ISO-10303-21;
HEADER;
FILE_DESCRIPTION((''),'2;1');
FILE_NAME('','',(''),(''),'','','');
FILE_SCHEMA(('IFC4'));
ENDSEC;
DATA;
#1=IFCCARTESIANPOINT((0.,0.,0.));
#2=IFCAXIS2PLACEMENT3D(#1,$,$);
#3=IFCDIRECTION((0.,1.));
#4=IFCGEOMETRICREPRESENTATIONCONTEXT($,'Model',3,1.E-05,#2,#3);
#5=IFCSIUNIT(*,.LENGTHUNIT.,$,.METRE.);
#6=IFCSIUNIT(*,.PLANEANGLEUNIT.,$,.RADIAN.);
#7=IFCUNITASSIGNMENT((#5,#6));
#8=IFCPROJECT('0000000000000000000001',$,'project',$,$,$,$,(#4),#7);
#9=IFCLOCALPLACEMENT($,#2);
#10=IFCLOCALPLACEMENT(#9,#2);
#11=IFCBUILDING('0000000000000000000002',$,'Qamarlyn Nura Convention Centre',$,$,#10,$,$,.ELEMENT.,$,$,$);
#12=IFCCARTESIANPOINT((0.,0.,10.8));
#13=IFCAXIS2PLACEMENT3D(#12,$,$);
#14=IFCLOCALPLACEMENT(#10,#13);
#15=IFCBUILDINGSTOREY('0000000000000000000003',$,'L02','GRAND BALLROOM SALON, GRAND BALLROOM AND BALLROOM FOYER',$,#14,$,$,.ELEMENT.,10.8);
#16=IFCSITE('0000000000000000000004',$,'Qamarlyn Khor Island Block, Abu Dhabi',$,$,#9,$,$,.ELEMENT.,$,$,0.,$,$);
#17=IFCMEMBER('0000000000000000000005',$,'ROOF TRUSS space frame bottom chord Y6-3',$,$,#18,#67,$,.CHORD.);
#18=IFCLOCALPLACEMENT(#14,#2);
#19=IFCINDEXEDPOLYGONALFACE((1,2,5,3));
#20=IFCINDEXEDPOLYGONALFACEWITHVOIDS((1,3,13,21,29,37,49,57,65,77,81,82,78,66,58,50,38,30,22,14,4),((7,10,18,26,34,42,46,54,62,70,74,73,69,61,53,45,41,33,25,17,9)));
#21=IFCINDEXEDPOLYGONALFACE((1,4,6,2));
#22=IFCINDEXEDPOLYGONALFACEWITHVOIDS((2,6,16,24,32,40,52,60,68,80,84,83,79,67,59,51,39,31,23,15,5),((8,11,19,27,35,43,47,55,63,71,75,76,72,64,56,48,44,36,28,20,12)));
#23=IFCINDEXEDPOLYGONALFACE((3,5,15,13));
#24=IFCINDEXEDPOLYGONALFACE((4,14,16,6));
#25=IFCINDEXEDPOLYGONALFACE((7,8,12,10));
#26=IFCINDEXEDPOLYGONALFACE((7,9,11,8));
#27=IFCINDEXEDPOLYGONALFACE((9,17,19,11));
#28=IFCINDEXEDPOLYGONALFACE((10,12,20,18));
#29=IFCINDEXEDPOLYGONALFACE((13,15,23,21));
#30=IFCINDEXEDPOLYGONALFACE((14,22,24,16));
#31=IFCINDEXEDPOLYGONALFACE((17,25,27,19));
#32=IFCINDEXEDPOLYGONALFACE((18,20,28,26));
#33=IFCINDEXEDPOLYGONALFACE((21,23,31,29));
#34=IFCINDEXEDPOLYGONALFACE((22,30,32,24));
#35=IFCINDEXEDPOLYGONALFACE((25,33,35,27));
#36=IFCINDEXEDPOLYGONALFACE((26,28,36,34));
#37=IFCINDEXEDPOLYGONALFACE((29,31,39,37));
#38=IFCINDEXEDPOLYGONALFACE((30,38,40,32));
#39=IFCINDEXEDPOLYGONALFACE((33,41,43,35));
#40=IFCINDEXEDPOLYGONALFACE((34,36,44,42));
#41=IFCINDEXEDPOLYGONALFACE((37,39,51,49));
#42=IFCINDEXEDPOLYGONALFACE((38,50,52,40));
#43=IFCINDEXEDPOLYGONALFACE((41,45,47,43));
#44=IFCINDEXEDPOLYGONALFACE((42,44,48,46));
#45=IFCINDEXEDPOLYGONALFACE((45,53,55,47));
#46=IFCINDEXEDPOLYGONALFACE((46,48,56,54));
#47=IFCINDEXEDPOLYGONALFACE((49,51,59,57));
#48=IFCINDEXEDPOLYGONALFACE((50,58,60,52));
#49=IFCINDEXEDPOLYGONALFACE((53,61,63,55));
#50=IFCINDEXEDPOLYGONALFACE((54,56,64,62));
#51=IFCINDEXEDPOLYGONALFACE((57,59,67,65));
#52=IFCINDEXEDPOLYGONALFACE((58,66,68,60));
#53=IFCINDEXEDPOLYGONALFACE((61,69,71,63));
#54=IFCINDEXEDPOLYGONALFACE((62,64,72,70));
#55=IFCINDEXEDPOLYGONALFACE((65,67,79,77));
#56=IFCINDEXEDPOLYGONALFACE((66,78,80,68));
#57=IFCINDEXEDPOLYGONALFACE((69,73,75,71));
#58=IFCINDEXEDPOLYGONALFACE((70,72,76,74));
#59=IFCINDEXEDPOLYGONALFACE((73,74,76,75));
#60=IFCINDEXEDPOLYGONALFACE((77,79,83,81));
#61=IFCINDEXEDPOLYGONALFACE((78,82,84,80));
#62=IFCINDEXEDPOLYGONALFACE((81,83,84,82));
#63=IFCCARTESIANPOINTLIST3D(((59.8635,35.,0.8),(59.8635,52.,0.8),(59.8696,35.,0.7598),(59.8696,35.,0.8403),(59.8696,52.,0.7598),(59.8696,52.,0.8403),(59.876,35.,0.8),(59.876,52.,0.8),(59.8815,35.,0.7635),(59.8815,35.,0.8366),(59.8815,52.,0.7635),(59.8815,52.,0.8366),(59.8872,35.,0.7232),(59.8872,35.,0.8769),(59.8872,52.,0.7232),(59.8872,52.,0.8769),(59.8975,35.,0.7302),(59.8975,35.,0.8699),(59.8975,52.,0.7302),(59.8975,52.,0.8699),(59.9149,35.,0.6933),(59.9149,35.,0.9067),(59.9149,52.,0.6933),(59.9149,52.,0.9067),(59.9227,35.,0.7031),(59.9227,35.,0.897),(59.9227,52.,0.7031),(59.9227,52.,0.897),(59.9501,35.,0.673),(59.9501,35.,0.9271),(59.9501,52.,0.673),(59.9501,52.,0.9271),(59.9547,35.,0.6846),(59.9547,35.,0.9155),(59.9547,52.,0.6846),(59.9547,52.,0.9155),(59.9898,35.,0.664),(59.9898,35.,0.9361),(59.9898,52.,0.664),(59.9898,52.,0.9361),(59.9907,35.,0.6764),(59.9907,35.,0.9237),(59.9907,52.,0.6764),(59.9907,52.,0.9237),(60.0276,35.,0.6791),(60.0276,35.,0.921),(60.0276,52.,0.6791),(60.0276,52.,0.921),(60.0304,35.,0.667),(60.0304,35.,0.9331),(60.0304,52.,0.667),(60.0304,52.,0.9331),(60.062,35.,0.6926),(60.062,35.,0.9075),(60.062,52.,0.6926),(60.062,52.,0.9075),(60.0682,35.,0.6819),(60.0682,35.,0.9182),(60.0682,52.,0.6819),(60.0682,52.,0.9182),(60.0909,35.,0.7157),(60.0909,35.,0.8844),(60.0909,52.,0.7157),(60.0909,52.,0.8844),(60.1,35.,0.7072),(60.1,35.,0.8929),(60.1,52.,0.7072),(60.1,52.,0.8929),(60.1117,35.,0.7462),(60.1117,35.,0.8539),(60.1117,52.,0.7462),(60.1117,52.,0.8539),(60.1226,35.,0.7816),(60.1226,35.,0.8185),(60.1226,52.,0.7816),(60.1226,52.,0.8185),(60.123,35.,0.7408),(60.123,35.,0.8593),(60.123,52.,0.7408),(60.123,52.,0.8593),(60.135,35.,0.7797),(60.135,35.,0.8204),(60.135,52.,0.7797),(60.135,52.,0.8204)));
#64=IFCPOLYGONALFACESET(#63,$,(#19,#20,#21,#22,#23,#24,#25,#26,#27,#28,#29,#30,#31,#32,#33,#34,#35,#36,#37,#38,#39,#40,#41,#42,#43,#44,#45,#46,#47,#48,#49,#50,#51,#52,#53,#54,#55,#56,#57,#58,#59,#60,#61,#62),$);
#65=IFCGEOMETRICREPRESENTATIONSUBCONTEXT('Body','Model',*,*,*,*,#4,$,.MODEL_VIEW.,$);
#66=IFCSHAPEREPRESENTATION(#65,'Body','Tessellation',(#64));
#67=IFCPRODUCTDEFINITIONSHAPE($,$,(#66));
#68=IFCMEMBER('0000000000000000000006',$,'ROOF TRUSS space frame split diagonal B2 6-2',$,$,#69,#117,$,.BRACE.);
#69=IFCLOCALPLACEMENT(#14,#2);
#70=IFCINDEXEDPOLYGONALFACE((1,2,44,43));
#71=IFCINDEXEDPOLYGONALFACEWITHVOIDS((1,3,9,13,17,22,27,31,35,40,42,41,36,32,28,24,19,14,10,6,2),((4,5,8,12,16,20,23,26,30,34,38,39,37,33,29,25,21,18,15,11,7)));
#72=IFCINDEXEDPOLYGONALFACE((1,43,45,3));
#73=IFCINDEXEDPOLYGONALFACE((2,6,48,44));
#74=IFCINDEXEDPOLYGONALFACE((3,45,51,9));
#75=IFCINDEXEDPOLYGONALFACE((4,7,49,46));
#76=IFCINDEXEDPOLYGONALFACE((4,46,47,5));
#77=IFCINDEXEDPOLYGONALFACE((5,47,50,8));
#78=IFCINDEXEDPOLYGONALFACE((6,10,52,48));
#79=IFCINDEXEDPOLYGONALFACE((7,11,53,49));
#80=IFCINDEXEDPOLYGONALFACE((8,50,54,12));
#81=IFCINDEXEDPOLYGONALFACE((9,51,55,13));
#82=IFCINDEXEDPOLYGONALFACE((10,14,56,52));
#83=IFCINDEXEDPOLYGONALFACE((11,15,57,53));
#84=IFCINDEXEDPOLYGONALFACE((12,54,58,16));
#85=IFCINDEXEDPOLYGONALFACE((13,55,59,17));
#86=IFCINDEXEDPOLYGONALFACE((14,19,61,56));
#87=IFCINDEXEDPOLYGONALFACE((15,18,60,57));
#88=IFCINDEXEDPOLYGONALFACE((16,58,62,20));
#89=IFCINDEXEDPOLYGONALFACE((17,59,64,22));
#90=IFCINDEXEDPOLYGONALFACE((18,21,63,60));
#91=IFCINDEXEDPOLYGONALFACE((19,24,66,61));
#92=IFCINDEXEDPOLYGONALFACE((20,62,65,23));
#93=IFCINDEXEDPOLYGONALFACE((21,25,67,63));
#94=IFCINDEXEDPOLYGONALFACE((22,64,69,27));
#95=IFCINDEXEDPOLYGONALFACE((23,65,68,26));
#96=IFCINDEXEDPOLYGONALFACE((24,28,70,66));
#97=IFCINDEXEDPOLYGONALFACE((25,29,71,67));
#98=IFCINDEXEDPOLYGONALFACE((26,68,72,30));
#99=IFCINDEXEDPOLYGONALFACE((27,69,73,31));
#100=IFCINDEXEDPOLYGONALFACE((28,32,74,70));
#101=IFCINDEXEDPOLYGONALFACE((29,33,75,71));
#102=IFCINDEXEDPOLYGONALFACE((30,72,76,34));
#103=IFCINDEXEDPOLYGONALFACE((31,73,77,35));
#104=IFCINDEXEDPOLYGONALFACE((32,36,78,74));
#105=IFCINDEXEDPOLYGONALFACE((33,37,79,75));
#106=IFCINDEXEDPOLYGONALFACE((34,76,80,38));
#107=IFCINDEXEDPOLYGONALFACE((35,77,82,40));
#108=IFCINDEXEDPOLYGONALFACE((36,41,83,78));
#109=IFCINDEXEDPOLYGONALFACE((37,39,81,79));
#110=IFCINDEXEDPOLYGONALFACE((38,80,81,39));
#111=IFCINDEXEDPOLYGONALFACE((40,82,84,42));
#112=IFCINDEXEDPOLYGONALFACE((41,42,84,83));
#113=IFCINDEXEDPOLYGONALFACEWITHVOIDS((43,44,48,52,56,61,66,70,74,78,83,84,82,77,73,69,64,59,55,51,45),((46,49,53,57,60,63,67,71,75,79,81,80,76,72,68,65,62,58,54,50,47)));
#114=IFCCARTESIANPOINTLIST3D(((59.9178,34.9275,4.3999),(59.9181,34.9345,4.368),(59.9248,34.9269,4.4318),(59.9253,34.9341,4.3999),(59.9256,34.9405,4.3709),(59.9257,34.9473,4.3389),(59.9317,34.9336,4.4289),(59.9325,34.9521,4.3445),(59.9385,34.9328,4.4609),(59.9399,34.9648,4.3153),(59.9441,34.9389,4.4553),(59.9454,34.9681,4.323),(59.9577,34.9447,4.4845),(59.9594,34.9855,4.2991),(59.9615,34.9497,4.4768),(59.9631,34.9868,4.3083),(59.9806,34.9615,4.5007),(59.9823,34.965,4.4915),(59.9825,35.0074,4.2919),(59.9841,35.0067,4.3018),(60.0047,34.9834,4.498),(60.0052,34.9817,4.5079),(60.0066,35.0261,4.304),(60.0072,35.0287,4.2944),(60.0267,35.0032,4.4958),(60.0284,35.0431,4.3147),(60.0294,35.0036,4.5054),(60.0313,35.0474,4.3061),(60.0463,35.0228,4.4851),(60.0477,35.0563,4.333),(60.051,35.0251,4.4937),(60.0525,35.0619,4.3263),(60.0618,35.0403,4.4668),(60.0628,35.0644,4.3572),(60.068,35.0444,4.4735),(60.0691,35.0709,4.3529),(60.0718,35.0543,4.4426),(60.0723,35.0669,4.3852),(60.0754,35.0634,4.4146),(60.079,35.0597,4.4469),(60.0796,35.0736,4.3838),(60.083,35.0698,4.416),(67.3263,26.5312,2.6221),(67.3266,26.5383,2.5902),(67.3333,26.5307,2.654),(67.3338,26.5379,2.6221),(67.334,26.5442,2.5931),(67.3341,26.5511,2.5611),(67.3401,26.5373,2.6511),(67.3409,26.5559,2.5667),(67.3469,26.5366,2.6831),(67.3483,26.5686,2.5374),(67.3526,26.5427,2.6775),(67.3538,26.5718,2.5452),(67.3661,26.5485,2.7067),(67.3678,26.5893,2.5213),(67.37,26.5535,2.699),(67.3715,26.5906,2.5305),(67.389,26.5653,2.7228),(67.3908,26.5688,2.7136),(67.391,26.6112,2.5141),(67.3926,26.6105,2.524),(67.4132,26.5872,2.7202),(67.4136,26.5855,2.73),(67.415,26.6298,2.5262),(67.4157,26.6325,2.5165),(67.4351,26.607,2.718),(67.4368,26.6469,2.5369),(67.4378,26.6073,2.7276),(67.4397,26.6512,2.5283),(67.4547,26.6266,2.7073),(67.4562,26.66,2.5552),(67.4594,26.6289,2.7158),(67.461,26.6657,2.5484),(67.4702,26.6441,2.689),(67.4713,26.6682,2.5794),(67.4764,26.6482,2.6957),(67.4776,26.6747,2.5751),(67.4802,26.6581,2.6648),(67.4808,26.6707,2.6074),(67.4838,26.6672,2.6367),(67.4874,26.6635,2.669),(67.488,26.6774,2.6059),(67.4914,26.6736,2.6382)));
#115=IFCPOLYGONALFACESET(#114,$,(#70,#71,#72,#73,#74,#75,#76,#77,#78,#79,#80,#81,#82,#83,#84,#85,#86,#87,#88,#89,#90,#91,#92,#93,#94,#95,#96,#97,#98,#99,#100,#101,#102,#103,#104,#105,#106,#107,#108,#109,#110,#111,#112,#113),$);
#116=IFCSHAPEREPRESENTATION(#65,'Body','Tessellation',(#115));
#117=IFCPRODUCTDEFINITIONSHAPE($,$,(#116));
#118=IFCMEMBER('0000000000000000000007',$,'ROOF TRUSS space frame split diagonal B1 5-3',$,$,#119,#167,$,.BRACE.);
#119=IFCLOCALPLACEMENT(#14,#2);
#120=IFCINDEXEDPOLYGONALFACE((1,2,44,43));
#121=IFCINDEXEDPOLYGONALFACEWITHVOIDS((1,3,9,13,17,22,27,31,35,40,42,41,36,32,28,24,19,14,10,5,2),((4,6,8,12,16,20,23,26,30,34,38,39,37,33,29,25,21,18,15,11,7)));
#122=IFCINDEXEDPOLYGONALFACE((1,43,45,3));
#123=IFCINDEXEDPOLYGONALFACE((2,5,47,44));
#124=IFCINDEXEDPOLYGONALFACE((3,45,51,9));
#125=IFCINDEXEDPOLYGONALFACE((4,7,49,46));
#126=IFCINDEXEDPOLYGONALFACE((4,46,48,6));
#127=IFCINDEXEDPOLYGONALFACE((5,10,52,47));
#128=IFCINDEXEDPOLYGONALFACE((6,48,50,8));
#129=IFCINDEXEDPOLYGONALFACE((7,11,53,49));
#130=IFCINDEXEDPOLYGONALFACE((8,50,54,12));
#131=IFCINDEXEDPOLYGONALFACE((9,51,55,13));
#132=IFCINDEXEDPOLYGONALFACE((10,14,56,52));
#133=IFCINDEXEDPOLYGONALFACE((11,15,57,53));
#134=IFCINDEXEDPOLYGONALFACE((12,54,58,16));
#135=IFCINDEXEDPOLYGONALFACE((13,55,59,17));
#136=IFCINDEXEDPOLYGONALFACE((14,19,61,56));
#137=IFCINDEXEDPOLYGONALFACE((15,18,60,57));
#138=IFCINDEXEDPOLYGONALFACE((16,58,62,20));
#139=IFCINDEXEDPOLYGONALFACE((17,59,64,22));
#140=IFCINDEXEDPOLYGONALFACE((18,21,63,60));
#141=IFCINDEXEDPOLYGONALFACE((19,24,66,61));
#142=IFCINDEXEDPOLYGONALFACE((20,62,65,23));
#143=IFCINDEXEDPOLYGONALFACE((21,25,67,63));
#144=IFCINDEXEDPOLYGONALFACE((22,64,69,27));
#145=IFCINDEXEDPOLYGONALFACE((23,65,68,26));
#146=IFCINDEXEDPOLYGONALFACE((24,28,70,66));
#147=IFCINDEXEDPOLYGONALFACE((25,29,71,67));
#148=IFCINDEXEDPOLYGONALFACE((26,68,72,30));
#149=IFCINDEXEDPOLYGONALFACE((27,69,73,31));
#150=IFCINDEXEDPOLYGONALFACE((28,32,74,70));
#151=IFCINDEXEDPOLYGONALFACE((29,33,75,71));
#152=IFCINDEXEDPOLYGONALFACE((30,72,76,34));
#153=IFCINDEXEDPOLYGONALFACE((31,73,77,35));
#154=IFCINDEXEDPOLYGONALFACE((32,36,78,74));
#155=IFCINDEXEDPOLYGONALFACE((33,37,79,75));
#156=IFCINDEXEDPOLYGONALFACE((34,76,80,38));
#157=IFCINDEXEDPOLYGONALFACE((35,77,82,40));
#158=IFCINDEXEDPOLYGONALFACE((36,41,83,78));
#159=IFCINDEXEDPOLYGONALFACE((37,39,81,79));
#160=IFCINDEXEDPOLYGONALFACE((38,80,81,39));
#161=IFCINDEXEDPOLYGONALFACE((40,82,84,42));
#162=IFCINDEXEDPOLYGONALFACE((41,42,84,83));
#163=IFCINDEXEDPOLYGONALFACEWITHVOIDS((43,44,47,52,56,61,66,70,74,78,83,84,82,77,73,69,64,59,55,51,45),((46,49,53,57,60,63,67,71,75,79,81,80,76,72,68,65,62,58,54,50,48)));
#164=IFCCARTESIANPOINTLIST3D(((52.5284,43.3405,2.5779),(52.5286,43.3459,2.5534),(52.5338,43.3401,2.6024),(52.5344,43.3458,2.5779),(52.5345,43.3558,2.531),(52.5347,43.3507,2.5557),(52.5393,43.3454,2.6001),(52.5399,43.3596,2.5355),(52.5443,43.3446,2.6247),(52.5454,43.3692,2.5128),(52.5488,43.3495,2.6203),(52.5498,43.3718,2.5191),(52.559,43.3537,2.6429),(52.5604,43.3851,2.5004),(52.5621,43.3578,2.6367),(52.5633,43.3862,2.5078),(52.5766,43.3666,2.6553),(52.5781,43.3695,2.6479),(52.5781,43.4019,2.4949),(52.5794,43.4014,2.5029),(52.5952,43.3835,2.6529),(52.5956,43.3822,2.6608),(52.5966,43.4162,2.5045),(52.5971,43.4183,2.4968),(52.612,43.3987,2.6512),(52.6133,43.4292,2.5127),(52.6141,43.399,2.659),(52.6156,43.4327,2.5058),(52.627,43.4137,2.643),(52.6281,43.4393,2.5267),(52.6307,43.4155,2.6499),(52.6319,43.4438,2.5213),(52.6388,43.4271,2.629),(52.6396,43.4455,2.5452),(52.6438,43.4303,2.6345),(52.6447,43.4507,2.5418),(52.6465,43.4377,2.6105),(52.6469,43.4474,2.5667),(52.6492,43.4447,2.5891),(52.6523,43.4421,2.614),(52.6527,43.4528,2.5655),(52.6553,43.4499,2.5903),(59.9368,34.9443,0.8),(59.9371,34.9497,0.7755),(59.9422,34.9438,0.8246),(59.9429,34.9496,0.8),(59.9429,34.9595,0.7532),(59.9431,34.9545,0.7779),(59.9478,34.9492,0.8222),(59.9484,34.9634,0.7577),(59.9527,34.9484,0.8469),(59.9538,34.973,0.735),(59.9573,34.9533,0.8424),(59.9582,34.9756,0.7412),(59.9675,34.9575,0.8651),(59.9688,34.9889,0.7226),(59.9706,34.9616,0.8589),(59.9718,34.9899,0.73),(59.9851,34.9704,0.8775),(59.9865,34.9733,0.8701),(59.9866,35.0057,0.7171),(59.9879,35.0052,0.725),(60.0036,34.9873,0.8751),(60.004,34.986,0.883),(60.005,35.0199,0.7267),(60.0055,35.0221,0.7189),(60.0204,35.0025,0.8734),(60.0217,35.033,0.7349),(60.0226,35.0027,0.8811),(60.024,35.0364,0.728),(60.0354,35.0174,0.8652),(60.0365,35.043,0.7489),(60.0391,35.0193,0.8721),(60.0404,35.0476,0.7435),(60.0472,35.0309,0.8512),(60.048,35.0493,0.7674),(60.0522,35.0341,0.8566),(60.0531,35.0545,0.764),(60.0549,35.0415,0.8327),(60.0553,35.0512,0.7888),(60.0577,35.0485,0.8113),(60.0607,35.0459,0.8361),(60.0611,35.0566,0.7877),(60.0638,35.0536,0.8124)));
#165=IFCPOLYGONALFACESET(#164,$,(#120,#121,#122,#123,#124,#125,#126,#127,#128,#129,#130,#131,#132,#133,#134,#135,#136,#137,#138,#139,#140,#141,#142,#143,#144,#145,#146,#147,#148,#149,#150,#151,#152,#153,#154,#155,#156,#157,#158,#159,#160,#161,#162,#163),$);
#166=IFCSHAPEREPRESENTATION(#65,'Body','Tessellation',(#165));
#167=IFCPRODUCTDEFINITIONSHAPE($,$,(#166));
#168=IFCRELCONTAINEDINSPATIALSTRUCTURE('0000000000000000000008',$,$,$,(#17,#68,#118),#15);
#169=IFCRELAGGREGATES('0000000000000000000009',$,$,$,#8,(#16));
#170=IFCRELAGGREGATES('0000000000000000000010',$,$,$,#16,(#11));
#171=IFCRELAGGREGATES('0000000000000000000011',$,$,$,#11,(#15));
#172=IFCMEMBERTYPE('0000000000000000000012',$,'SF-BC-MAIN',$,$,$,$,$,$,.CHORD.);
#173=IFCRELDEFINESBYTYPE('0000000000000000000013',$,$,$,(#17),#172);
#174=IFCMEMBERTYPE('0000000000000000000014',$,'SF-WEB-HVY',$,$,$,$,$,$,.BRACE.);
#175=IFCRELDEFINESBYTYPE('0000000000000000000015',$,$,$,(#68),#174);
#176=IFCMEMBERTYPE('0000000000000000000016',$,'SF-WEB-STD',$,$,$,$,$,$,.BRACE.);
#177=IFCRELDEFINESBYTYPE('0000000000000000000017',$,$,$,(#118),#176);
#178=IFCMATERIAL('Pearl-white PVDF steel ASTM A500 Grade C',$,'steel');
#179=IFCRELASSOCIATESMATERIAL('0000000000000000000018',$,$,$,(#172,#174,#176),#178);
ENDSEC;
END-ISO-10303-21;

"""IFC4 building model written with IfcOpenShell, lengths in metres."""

from ifc_helpers import new_model, si_unit, direction, frame, origin, origin_2d, place, context, subcontext, project, spatial, hollow_circle, extrude, material, material_profile, profile_set, type_object, element, save


model = new_model("IFC4")

# Units and contexts
model_context = context("Model", 3, precision=1e-05, world=origin(), true_north=direction((0.0, 1.0)))
body_context = subcontext(model_context, "Body", "Model", "MODEL_VIEW")
ifc_project = project(units=[si_unit("LENGTHUNIT", "METRE"), si_unit("PLANEANGLEUNIT", "RADIAN")], contexts=[model_context])

# Site, building, storey
site_placement = place(None, origin())
site = spatial("IfcSite", under=ifc_project, at=site_placement, Name="Qamarlyn Khor Island Block, Abu Dhabi", CompositionType="ELEMENT", RefElevation=0.0)
building_placement = place(site_placement, origin())
building = spatial("IfcBuilding", under=site, at=building_placement, Name="Qamarlyn Nura Convention Centre", CompositionType="ELEMENT")
storey_placement = place(building_placement, frame((0.0, 0.0, 10.8)))
storey = spatial("IfcBuildingStorey", under=building, at=storey_placement, Name="L02", Description="GRAND BALLROOM SALON, GRAND BALLROOM AND BALLROOM FOYER", CompositionType="ELEMENT", Elevation=10.8)

# Members
ifc_material_1 = material(Name="Pearl-white PVDF steel ASTM A500 Grade C", Category="steel")
ifc_material_profile_1 = material_profile(ifc_material_1, hollow_circle(Radius=0.1365, WallThickness=0.0125, at=origin_2d()), Name="CHS273X12.5")
ifc_profile_set_1 = profile_set([ifc_material_profile_1], Name="Pearl-white PVDF steel ASTM A500 Grade C")
member_type_1 = type_object("IfcMemberType", Name="SF-BC-MAIN", PredefinedType="CHORD", material=ifc_profile_set_1)
member_1_placement = place(storey_placement, frame((60.0, 35.0, 0.8), z_axis=(0.0, 1.0, 0.0), x_axis=(-1.0, 0.0, 0.0)))
element("IfcMember", 1, at=member_1_placement, inside=storey, type_object=member_type_1, Name="ROOF TRUSS space frame bottom chord Y6-3", PredefinedType="CHORD", context=body_context, shape_type="SweptSolid", body=[
    extrude(hollow_circle(Radius=0.1365, WallThickness=0.0125, at=origin_2d()), origin(), (0.0, 0.0, 1.0), 17.0),
])
ifc_material_profile_2 = material_profile(ifc_material_1, hollow_circle(Radius=0.1096, WallThickness=0.01, at=origin_2d()), Name="CHS219.1X10")
ifc_profile_set_2 = profile_set([ifc_material_profile_2], Name="Pearl-white PVDF steel ASTM A500 Grade C")
member_type_2 = type_object("IfcMemberType", Name="SF-WEB-HVY", PredefinedType="BRACE", material=ifc_profile_set_2)
member_2_placement = place(storey_placement, frame((67.4084, 26.6038, 2.6221), z_axis=(-0.653437, 0.740562, 0.156808), x_axis=(-0.749838, -0.661622, 0.0)))
element("IfcMember", 2, at=member_2_placement, inside=storey, type_object=member_type_2, Name="ROOF TRUSS space frame split diagonal B2 6-2", PredefinedType="BRACE", context=body_context, shape_type="SweptSolid", body=[
    extrude(hollow_circle(Radius=0.1096, WallThickness=0.01, at=origin_2d()), origin(), (0.0, 0.0, 1.0), 11.3376),
])
ifc_material_profile_3 = material_profile(ifc_material_1, hollow_circle(Radius=0.0842, WallThickness=0.0081, at=origin_2d()), Name="CHS168.3X8")
ifc_profile_set_3 = profile_set([ifc_material_profile_3], Name="Pearl-white PVDF steel ASTM A500 Grade C")
member_type_3 = type_object("IfcMemberType", Name="SF-WEB-STD", PredefinedType="BRACE", material=ifc_profile_set_3)
member_3_placement = place(storey_placement, frame((60.0, 35.0, 0.8), z_axis=(-0.653437, 0.740562, 0.156808), x_axis=(-0.749838, -0.661622, 0.0)))
element("IfcMember", 3, at=member_3_placement, inside=storey, type_object=member_type_3, Name="ROOF TRUSS space frame split diagonal B1 5-3", PredefinedType="BRACE", context=body_context, shape_type="SweptSolid", body=[
    extrude(hollow_circle(Radius=0.0842, WallThickness=0.0081, at=origin_2d()), origin(), (0.0, 0.0, 1.0), 11.3376),
])

save(model, "model.ifc")
